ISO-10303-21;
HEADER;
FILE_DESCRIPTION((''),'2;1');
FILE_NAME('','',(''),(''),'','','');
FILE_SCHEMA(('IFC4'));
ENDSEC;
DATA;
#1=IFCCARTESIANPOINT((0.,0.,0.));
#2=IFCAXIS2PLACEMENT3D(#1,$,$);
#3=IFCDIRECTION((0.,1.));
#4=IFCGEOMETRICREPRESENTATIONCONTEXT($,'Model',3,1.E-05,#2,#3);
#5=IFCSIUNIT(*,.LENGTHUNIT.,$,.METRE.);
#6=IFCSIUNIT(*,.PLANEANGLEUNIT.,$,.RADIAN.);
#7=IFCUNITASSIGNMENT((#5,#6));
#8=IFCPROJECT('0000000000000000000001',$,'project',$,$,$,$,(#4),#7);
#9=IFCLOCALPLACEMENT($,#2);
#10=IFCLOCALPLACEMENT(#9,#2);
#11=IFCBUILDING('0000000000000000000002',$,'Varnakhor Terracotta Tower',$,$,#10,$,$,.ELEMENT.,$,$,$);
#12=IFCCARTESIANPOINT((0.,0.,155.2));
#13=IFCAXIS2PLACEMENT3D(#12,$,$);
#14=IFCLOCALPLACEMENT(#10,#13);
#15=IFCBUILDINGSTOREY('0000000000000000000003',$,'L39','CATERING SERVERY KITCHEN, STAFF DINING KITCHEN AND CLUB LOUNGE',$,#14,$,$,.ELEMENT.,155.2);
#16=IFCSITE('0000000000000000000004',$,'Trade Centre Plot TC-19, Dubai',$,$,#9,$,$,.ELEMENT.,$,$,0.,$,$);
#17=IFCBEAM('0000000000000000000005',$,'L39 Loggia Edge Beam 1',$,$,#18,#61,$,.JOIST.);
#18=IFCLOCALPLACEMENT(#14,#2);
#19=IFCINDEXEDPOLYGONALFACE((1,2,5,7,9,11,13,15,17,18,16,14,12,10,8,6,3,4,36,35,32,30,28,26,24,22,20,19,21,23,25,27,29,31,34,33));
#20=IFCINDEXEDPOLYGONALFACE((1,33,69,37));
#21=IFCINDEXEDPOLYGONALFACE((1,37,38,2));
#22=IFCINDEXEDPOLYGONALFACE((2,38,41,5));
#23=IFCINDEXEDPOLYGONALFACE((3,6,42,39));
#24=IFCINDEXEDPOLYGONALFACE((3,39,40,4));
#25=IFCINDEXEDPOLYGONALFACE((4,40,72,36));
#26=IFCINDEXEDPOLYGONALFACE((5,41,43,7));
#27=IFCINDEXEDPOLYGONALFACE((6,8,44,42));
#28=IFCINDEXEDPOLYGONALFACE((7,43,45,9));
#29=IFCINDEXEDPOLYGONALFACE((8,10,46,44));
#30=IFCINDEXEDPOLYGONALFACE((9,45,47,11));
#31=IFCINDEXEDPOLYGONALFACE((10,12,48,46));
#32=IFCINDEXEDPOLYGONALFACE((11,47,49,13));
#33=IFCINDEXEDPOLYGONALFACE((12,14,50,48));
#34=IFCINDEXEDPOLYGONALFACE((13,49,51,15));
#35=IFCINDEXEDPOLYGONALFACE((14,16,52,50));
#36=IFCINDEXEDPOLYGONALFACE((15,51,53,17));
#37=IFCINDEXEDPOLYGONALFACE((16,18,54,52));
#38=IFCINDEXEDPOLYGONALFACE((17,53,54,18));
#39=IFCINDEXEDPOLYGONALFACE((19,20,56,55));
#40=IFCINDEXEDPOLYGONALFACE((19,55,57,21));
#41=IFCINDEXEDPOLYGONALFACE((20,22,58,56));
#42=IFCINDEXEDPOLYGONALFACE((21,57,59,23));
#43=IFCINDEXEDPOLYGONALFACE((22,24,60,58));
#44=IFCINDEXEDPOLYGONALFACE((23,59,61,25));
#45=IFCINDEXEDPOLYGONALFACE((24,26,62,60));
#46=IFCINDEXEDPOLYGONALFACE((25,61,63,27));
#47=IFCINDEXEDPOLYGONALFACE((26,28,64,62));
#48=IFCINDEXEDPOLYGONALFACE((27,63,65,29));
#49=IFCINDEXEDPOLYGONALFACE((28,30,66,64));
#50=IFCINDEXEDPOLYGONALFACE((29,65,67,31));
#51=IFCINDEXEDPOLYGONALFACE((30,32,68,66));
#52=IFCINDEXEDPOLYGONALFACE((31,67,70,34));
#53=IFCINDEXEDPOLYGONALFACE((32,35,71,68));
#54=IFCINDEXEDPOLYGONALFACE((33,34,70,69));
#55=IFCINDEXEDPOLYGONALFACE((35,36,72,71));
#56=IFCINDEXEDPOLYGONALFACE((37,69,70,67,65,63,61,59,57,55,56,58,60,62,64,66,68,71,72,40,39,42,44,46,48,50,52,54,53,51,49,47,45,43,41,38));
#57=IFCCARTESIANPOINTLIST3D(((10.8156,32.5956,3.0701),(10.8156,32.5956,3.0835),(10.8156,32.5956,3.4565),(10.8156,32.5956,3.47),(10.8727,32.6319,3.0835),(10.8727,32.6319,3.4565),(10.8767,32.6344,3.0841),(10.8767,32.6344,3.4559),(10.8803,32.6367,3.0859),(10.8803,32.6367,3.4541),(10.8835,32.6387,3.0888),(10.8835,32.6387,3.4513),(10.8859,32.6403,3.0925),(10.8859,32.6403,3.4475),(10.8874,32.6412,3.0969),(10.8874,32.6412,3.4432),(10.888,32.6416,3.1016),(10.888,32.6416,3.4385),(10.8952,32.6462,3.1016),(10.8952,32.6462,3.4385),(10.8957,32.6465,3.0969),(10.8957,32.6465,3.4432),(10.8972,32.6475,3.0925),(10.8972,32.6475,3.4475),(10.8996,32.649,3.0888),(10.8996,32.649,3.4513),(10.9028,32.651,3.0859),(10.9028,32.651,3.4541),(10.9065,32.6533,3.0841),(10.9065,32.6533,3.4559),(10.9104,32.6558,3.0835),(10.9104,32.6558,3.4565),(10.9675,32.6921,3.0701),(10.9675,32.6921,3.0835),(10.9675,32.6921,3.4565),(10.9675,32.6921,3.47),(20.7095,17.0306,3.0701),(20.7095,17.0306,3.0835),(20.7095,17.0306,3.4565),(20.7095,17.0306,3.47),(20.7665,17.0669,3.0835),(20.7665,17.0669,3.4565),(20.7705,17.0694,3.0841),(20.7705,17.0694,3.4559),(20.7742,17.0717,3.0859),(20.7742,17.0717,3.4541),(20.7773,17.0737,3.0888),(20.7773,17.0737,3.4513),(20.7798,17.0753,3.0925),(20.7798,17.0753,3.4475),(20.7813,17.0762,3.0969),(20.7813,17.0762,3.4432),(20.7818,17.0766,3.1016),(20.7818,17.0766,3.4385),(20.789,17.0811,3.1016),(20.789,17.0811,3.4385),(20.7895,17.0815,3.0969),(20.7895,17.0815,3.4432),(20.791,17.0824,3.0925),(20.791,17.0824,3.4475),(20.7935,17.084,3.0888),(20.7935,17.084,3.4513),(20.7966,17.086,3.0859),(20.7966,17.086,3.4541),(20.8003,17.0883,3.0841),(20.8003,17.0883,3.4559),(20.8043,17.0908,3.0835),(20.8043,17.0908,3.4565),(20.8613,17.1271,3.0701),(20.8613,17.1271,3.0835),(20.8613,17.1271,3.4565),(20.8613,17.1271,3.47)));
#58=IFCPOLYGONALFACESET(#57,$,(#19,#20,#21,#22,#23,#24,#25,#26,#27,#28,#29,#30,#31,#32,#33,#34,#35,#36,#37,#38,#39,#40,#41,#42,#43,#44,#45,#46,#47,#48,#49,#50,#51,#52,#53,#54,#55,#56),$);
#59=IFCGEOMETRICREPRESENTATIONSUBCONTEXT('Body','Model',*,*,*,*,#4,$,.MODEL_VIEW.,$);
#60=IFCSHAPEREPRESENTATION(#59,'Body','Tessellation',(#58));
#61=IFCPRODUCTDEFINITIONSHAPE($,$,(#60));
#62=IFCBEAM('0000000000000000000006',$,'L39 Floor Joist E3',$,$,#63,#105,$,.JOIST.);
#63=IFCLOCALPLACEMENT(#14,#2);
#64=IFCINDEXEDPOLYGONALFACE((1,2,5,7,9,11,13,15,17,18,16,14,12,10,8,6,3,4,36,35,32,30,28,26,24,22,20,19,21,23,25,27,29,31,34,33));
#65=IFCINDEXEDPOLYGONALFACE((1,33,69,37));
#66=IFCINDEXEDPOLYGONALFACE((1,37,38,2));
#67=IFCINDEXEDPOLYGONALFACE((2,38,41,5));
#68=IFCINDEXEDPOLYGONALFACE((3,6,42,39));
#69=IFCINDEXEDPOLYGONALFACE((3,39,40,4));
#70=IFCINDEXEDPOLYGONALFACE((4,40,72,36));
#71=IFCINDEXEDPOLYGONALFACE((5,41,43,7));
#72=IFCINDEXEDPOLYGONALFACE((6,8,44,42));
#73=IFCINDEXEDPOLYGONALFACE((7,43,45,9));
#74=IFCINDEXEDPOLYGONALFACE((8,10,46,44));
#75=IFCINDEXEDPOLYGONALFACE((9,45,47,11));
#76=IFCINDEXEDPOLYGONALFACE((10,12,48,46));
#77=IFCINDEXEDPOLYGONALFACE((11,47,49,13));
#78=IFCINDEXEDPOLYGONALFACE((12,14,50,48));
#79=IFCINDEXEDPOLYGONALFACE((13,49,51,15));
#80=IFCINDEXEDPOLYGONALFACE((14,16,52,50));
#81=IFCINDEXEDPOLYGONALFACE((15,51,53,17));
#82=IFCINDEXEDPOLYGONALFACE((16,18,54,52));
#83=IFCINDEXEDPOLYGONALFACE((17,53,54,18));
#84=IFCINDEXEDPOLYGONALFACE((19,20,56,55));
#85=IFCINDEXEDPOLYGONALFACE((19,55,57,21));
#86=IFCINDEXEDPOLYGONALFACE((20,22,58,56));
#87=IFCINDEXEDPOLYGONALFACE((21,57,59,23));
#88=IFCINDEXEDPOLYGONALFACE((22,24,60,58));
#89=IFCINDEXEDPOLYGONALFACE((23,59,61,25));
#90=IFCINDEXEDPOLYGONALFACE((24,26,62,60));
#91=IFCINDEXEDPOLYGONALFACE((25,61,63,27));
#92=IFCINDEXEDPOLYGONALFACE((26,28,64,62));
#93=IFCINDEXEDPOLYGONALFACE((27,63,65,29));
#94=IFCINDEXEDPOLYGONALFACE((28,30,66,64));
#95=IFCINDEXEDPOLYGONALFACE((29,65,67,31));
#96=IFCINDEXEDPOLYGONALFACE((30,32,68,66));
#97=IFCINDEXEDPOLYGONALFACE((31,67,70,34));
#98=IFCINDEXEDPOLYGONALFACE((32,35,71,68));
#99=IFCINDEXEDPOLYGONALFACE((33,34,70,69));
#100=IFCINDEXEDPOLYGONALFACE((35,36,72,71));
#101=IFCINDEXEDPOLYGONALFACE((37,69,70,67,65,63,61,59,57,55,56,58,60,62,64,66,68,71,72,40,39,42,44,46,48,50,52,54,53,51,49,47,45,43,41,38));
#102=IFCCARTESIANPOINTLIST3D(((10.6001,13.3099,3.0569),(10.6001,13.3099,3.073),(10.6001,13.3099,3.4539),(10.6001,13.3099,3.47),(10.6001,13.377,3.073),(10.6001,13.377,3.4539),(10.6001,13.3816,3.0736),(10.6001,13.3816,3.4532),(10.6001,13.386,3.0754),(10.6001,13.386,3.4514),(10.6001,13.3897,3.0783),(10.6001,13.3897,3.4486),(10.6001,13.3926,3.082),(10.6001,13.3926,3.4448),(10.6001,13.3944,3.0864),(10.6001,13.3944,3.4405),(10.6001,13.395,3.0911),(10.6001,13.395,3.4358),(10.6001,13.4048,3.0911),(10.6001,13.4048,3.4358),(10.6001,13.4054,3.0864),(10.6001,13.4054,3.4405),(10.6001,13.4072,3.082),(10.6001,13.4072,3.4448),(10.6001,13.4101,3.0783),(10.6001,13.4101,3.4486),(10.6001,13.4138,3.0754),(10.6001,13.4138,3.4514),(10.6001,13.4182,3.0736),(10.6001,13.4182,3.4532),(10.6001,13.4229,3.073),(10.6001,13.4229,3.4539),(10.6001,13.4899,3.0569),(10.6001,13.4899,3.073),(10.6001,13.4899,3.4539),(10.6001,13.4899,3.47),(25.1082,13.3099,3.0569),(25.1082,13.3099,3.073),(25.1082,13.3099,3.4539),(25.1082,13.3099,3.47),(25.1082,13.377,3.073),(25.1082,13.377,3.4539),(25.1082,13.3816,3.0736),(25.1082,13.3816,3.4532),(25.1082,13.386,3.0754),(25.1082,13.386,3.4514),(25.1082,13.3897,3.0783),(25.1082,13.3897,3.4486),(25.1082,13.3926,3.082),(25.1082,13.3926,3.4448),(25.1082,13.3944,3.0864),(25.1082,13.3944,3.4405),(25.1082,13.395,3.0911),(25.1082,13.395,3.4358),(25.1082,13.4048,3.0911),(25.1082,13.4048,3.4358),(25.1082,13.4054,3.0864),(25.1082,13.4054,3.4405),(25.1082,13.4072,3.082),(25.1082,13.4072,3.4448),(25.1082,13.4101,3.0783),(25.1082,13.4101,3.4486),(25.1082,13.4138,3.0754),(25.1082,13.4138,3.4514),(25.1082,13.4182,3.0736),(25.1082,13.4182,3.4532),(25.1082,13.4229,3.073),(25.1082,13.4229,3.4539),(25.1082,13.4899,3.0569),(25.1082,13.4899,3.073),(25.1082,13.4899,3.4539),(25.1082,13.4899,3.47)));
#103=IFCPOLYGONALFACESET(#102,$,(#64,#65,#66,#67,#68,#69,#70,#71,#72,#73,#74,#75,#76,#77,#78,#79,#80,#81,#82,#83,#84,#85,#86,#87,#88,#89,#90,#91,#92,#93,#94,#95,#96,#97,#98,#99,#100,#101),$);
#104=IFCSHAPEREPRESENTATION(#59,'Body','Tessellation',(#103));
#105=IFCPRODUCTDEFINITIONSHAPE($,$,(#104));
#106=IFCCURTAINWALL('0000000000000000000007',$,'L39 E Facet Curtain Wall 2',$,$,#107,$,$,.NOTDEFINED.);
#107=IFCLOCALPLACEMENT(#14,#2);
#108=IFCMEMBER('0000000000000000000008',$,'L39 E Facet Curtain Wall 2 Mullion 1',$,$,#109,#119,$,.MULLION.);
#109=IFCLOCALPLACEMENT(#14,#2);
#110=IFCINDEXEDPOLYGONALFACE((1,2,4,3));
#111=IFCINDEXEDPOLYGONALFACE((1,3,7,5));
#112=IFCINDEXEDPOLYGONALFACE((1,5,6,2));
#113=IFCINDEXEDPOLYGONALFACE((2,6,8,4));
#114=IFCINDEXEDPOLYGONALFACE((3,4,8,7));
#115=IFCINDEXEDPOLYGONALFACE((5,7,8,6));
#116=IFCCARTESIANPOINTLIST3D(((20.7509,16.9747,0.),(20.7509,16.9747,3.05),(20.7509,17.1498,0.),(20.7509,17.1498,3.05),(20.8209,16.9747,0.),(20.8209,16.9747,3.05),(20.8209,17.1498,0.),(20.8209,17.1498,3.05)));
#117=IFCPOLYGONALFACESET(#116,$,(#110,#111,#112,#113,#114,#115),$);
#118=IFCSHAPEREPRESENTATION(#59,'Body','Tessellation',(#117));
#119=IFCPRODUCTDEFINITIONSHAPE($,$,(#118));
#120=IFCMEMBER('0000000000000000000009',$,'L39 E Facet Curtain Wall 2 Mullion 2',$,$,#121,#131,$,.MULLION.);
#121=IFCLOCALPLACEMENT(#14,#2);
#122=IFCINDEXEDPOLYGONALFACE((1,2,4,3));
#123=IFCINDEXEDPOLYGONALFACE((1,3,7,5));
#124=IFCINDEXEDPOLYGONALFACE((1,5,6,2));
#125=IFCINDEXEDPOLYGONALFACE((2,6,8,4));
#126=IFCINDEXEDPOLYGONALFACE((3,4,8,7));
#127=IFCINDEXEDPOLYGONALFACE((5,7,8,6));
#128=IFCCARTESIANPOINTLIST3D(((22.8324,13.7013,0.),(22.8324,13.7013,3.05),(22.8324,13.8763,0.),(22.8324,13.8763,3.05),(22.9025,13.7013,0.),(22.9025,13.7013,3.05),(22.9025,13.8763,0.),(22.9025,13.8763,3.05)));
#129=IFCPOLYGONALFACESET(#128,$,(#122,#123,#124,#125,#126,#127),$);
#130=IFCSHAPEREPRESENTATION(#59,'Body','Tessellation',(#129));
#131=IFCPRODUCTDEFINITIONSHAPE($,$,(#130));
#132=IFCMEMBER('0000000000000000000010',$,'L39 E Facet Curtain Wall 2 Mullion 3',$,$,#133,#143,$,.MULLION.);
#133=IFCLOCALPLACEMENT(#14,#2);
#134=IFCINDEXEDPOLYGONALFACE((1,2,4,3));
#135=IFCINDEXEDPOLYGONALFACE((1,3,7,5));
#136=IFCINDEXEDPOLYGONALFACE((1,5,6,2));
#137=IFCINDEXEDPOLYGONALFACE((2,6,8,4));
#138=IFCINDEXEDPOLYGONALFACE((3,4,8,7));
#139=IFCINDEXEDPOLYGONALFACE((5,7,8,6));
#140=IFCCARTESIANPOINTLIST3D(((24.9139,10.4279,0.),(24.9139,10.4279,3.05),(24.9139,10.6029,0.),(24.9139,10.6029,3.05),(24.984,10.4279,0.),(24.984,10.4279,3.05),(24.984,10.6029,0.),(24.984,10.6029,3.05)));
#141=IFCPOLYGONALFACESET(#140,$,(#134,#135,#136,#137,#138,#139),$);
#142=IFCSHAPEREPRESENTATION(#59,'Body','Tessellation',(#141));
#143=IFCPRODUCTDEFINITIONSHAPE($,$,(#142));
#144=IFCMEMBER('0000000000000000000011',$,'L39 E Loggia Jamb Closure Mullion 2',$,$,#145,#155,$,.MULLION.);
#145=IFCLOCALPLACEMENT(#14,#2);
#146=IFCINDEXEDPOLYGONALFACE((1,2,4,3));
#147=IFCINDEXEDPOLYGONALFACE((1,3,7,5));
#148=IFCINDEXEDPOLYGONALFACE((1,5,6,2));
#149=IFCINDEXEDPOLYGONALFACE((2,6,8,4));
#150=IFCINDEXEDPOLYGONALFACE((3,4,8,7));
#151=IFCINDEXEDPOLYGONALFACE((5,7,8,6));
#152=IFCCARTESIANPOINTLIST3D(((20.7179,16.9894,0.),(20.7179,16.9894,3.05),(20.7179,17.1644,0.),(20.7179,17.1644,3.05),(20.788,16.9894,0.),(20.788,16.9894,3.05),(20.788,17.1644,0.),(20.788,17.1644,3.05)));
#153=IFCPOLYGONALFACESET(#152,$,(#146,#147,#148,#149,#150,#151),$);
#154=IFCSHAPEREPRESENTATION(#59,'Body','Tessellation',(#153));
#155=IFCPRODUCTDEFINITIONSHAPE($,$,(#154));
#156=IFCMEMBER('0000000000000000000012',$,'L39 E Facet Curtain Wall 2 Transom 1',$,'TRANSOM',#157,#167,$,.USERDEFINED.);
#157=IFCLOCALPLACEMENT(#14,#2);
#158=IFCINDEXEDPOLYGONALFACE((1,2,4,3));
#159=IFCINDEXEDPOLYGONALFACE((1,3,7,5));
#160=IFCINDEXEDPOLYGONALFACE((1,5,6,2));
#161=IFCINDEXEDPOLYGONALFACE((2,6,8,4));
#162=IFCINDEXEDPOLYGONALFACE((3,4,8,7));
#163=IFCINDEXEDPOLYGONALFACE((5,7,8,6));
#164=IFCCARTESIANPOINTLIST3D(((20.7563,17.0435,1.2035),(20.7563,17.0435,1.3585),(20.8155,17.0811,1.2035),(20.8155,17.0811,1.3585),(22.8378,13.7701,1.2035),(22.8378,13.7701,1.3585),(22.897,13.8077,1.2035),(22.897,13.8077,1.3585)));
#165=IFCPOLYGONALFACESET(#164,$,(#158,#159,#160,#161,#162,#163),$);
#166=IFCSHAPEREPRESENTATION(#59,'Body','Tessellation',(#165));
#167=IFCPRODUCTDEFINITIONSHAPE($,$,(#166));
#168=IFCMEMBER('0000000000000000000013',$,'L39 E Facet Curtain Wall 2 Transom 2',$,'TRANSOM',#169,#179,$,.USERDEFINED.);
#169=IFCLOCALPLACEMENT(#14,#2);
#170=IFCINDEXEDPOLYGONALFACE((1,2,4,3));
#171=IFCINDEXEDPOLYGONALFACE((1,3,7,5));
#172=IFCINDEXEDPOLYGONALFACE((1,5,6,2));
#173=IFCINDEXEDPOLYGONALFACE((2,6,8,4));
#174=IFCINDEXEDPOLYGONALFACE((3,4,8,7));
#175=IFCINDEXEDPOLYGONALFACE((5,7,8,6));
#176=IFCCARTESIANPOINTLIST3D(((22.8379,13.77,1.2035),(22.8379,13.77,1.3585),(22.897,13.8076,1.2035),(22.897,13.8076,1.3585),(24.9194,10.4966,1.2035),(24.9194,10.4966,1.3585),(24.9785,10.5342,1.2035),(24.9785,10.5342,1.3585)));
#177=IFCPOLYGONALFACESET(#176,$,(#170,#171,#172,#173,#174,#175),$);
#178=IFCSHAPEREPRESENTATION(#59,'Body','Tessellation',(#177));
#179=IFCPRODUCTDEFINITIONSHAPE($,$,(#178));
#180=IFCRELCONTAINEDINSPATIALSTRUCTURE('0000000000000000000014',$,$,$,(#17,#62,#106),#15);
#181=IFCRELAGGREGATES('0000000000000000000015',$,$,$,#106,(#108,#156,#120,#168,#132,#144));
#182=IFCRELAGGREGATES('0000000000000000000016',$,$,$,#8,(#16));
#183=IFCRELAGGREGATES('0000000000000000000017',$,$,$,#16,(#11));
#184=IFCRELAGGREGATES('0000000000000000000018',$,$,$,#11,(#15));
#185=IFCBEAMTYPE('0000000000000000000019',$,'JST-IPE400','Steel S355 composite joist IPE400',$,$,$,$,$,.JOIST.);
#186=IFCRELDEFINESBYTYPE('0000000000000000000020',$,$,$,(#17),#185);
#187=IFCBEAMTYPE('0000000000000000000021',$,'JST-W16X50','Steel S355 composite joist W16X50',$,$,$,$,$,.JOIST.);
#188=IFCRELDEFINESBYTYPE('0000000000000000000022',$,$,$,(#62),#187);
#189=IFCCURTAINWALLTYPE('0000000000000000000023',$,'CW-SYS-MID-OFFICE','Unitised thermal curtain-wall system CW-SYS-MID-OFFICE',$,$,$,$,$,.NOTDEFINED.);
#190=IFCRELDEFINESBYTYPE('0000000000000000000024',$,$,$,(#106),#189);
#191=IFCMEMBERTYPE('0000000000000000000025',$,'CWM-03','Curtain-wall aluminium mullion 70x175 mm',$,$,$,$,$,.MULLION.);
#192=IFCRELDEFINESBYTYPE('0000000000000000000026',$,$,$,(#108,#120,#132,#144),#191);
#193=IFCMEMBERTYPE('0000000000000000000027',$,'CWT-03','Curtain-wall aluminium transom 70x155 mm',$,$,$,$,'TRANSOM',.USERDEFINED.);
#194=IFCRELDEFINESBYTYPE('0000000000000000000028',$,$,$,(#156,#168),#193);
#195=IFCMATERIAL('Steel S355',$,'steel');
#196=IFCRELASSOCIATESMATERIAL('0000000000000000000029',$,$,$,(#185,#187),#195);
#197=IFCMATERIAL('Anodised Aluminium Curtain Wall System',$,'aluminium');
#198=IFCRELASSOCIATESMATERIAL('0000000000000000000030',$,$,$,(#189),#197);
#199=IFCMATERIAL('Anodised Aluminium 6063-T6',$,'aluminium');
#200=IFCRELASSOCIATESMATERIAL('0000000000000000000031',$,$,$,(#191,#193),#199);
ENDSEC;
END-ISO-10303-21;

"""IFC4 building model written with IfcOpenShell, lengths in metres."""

from ifc_helpers import new_model, si_unit, direction, frame, origin, origin_2d, place, context, subcontext, project, spatial, rectangle, i_section, extrude, source, transform, mapped, material, material_profile, profile_set, type_object, element, aggregate, save


model = new_model("IFC4")

# Units and contexts
model_context = context("Model", 3, precision=1e-05, world=origin(), true_north=direction((0.0, 1.0)))
body_context = subcontext(model_context, "Body", "Model", "MODEL_VIEW")
ifc_project = project(units=[si_unit("LENGTHUNIT", "METRE"), si_unit("PLANEANGLEUNIT", "RADIAN")], contexts=[model_context])

# Site, building, storey
site_placement = place(None, origin())
site = spatial("IfcSite", under=ifc_project, at=site_placement, Name="Trade Centre Plot TC-19, Dubai", CompositionType="ELEMENT", RefElevation=0.0)
building_placement = place(site_placement, origin())
building = spatial("IfcBuilding", under=site, at=building_placement, Name="Varnakhor Terracotta Tower", CompositionType="ELEMENT")
storey_placement = place(building_placement, frame((0.0, 0.0, 155.2)))
storey = spatial("IfcBuildingStorey", under=building, at=storey_placement, Name="L39", Description="CATERING SERVERY KITCHEN, STAFF DINING KITCHEN AND CLUB LOUNGE", CompositionType="ELEMENT", Elevation=155.2)

# Beams
ifc_material_1 = material(Name="Steel S355", Category="steel")
ifc_material_profile_1 = material_profile(ifc_material_1, i_section(OverallWidth=0.1799, OverallDepth=0.3999, WebThickness=0.0085, FlangeThickness=0.0134, FilletRadius=0.0181, at=origin_2d()), Name="IPE400")
ifc_profile_set_1 = profile_set([ifc_material_profile_1], Name="Steel S355")
beam_type_1 = type_object("IfcBeamType", Name="JST-IPE400", Description="Steel S355 composite joist IPE400", PredefinedType="JOIST", material=ifc_profile_set_1)
shared_shape_1 = source(origin(), body_context, "Body", "SweptSolid", [
    extrude(i_section(OverallWidth=0.1799, OverallDepth=0.3999, WebThickness=0.0085, FlangeThickness=0.0134, FilletRadius=0.0181, at=origin_2d()), origin(), (0.0, 0.0, 1.0), 18.4434),
])
beam_1_placement = place(storey_placement, frame((20.7854, 17.0789, 3.27), z_axis=(-0.536445, 0.843936, 0.0), x_axis=(-0.843936, -0.536445, 0.0)))
element("IfcBeam", 1, at=beam_1_placement, inside=storey, type_object=beam_type_1, Name="L39 Loggia Edge Beam 1", PredefinedType="JOIST", context=body_context, shape_type="MappedRepresentation", body=[
    mapped(shared_shape_1, transform((0.0, 0.0, 0.0), scale=1.0)),
])
ifc_material_profile_2 = material_profile(ifc_material_1, i_section(OverallWidth=0.1799, OverallDepth=0.4131, WebThickness=0.0098, FlangeThickness=0.0161, FilletRadius=0.0181, at=origin_2d()), Name="W16X50")
ifc_profile_set_2 = profile_set([ifc_material_profile_2], Name="Steel S355")
beam_type_2 = type_object("IfcBeamType", Name="JST-W16X50", Description="Steel S355 composite joist W16X50", PredefinedType="JOIST", material=ifc_profile_set_2)
shared_shape_2 = source(origin(), body_context, "Body", "SweptSolid", [
    extrude(i_section(OverallWidth=0.1799, OverallDepth=0.4131, WebThickness=0.0098, FlangeThickness=0.0161, FilletRadius=0.0181, at=origin_2d()), origin(), (0.0, 0.0, 1.0), 14.5081),
])
beam_2_placement = place(storey_placement, frame((10.6001, 13.3999, 3.2634), z_axis=(1.0, 0.0, 0.0), x_axis=(0.0, 1.0, 0.0)))
element("IfcBeam", 2, at=beam_2_placement, inside=storey, type_object=beam_type_2, Name="L39 Floor Joist E3", PredefinedType="JOIST", context=body_context, shape_type="MappedRepresentation", body=[
    mapped(shared_shape_2, transform((0.0, 0.0, 0.0), scale=1.0)),
])

# Curtain wall, members
ifc_material_2 = material(Name="Anodised Aluminium Curtain Wall System", Category="aluminium")
curtain_wall_type = type_object("IfcCurtainWallType", Name="CW-SYS-MID-OFFICE", Description="Unitised thermal curtain-wall system CW-SYS-MID-OFFICE", PredefinedType="NOTDEFINED", material=ifc_material_2)
curtain_wall_placement = place(storey_placement, origin())
curtain_wall = element("IfcCurtainWall", 3, at=curtain_wall_placement, inside=storey, type_object=curtain_wall_type, Name="L39 E Facet Curtain Wall 2", PredefinedType="NOTDEFINED")
ifc_material_3 = material(Name="Anodised Aluminium 6063-T6", Category="aluminium")
ifc_material_profile_3 = material_profile(ifc_material_3, rectangle(XDim=0.0701, YDim=0.175, at=origin_2d()), Name="ALU MULLION 70x175")
ifc_profile_set_3 = profile_set([ifc_material_profile_3], Name="Anodised Aluminium 6063-T6")
member_type_1 = type_object("IfcMemberType", Name="CWM-03", Description="Curtain-wall aluminium mullion 70x175 mm", PredefinedType="MULLION", material=ifc_profile_set_3)
shared_shape_3 = source(origin(), body_context, "Body", "SweptSolid", [
    extrude(rectangle(XDim=0.0701, YDim=0.175, at=origin_2d()), origin(), (0.0, 0.0, 1.0), 3.05),
])
member_1_placement = place(storey_placement, frame((20.7859, 17.0623, 0.0), z_axis=(0.0, 0.0, 1.0), x_axis=(1.0, 0.0, 0.0)))
member_1 = element("IfcMember", 4, at=member_1_placement, type_object=member_type_1, Name="L39 E Facet Curtain Wall 2 Mullion 1", PredefinedType="MULLION", context=body_context, shape_type="MappedRepresentation", body=[
    mapped(shared_shape_3, transform((0.0, 0.0, 0.0), scale=1.0)),
])
member_2_placement = place(storey_placement, frame((22.8674, 13.7888, 0.0), z_axis=(0.0, 0.0, 1.0), x_axis=(1.0, 0.0, 0.0)))
member_2 = element("IfcMember", 5, at=member_2_placement, type_object=member_type_1, Name="L39 E Facet Curtain Wall 2 Mullion 2", PredefinedType="MULLION", context=body_context, shape_type="MappedRepresentation", body=[
    mapped(shared_shape_3, transform((0.0, 0.0, 0.0), scale=1.0)),
])
member_3_placement = place(storey_placement, frame((24.949, 10.5154, 0.0), z_axis=(0.0, 0.0, 1.0), x_axis=(1.0, 0.0, 0.0)))
member_3 = element("IfcMember", 6, at=member_3_placement, type_object=member_type_1, Name="L39 E Facet Curtain Wall 2 Mullion 3", PredefinedType="MULLION", context=body_context, shape_type="MappedRepresentation", body=[
    mapped(shared_shape_3, transform((0.0, 0.0, 0.0), scale=1.0)),
])
member_4_placement = place(storey_placement, frame((20.7529, 17.0769, 0.0), z_axis=(0.0, 0.0, 1.0), x_axis=(1.0, 0.0, 0.0)))
member_4 = element("IfcMember", 7, at=member_4_placement, type_object=member_type_1, Name="L39 E Loggia Jamb Closure Mullion 2", PredefinedType="MULLION", context=body_context, shape_type="MappedRepresentation", body=[
    mapped(shared_shape_3, transform((0.0, 0.0, 0.0), scale=1.0)),
])
ifc_material_profile_4 = material_profile(ifc_material_3, rectangle(XDim=0.0701, YDim=0.155, at=origin_2d()), Name="ALU TRANSOM 70x155")
ifc_profile_set_4 = profile_set([ifc_material_profile_4], Name="Anodised Aluminium 6063-T6")
member_type_2 = type_object("IfcMemberType", Name="CWT-03", Description="Curtain-wall aluminium transom 70x155 mm", ElementType="TRANSOM", PredefinedType="USERDEFINED", material=ifc_profile_set_4)
shared_shape_4 = source(origin(), body_context, "Body", "SweptSolid", [
    extrude(rectangle(XDim=0.0701, YDim=0.155, at=origin_2d()), origin(), (0.0, 0.0, 1.0), 3.8792),
])
member_5_placement = place(storey_placement, frame((20.7859, 17.0623, 1.281), z_axis=(0.53659, -0.843843, 0.0), x_axis=(0.843843, 0.53659, 0.0)))
member_5 = element("IfcMember", 8, at=member_5_placement, type_object=member_type_2, Name="L39 E Facet Curtain Wall 2 Transom 1", ObjectType="TRANSOM", PredefinedType="USERDEFINED", context=body_context, shape_type="MappedRepresentation", body=[
    mapped(shared_shape_4, transform((0.0, 0.0, 0.0), scale=1.0)),
])
member_6_placement = place(storey_placement, frame((22.8674, 13.7888, 1.281), z_axis=(0.53659, -0.843843, 0.0), x_axis=(0.843843, 0.53659, 0.0)))
member_6 = element("IfcMember", 9, at=member_6_placement, type_object=member_type_2, Name="L39 E Facet Curtain Wall 2 Transom 2", ObjectType="TRANSOM", PredefinedType="USERDEFINED", context=body_context, shape_type="MappedRepresentation", body=[
    mapped(shared_shape_4, transform((0.0, 0.0, 0.0), scale=1.0)),
])

aggregate(curtain_wall, [member_1, member_5, member_2, member_6, member_3, member_4])

save(model, "model.ifc")
